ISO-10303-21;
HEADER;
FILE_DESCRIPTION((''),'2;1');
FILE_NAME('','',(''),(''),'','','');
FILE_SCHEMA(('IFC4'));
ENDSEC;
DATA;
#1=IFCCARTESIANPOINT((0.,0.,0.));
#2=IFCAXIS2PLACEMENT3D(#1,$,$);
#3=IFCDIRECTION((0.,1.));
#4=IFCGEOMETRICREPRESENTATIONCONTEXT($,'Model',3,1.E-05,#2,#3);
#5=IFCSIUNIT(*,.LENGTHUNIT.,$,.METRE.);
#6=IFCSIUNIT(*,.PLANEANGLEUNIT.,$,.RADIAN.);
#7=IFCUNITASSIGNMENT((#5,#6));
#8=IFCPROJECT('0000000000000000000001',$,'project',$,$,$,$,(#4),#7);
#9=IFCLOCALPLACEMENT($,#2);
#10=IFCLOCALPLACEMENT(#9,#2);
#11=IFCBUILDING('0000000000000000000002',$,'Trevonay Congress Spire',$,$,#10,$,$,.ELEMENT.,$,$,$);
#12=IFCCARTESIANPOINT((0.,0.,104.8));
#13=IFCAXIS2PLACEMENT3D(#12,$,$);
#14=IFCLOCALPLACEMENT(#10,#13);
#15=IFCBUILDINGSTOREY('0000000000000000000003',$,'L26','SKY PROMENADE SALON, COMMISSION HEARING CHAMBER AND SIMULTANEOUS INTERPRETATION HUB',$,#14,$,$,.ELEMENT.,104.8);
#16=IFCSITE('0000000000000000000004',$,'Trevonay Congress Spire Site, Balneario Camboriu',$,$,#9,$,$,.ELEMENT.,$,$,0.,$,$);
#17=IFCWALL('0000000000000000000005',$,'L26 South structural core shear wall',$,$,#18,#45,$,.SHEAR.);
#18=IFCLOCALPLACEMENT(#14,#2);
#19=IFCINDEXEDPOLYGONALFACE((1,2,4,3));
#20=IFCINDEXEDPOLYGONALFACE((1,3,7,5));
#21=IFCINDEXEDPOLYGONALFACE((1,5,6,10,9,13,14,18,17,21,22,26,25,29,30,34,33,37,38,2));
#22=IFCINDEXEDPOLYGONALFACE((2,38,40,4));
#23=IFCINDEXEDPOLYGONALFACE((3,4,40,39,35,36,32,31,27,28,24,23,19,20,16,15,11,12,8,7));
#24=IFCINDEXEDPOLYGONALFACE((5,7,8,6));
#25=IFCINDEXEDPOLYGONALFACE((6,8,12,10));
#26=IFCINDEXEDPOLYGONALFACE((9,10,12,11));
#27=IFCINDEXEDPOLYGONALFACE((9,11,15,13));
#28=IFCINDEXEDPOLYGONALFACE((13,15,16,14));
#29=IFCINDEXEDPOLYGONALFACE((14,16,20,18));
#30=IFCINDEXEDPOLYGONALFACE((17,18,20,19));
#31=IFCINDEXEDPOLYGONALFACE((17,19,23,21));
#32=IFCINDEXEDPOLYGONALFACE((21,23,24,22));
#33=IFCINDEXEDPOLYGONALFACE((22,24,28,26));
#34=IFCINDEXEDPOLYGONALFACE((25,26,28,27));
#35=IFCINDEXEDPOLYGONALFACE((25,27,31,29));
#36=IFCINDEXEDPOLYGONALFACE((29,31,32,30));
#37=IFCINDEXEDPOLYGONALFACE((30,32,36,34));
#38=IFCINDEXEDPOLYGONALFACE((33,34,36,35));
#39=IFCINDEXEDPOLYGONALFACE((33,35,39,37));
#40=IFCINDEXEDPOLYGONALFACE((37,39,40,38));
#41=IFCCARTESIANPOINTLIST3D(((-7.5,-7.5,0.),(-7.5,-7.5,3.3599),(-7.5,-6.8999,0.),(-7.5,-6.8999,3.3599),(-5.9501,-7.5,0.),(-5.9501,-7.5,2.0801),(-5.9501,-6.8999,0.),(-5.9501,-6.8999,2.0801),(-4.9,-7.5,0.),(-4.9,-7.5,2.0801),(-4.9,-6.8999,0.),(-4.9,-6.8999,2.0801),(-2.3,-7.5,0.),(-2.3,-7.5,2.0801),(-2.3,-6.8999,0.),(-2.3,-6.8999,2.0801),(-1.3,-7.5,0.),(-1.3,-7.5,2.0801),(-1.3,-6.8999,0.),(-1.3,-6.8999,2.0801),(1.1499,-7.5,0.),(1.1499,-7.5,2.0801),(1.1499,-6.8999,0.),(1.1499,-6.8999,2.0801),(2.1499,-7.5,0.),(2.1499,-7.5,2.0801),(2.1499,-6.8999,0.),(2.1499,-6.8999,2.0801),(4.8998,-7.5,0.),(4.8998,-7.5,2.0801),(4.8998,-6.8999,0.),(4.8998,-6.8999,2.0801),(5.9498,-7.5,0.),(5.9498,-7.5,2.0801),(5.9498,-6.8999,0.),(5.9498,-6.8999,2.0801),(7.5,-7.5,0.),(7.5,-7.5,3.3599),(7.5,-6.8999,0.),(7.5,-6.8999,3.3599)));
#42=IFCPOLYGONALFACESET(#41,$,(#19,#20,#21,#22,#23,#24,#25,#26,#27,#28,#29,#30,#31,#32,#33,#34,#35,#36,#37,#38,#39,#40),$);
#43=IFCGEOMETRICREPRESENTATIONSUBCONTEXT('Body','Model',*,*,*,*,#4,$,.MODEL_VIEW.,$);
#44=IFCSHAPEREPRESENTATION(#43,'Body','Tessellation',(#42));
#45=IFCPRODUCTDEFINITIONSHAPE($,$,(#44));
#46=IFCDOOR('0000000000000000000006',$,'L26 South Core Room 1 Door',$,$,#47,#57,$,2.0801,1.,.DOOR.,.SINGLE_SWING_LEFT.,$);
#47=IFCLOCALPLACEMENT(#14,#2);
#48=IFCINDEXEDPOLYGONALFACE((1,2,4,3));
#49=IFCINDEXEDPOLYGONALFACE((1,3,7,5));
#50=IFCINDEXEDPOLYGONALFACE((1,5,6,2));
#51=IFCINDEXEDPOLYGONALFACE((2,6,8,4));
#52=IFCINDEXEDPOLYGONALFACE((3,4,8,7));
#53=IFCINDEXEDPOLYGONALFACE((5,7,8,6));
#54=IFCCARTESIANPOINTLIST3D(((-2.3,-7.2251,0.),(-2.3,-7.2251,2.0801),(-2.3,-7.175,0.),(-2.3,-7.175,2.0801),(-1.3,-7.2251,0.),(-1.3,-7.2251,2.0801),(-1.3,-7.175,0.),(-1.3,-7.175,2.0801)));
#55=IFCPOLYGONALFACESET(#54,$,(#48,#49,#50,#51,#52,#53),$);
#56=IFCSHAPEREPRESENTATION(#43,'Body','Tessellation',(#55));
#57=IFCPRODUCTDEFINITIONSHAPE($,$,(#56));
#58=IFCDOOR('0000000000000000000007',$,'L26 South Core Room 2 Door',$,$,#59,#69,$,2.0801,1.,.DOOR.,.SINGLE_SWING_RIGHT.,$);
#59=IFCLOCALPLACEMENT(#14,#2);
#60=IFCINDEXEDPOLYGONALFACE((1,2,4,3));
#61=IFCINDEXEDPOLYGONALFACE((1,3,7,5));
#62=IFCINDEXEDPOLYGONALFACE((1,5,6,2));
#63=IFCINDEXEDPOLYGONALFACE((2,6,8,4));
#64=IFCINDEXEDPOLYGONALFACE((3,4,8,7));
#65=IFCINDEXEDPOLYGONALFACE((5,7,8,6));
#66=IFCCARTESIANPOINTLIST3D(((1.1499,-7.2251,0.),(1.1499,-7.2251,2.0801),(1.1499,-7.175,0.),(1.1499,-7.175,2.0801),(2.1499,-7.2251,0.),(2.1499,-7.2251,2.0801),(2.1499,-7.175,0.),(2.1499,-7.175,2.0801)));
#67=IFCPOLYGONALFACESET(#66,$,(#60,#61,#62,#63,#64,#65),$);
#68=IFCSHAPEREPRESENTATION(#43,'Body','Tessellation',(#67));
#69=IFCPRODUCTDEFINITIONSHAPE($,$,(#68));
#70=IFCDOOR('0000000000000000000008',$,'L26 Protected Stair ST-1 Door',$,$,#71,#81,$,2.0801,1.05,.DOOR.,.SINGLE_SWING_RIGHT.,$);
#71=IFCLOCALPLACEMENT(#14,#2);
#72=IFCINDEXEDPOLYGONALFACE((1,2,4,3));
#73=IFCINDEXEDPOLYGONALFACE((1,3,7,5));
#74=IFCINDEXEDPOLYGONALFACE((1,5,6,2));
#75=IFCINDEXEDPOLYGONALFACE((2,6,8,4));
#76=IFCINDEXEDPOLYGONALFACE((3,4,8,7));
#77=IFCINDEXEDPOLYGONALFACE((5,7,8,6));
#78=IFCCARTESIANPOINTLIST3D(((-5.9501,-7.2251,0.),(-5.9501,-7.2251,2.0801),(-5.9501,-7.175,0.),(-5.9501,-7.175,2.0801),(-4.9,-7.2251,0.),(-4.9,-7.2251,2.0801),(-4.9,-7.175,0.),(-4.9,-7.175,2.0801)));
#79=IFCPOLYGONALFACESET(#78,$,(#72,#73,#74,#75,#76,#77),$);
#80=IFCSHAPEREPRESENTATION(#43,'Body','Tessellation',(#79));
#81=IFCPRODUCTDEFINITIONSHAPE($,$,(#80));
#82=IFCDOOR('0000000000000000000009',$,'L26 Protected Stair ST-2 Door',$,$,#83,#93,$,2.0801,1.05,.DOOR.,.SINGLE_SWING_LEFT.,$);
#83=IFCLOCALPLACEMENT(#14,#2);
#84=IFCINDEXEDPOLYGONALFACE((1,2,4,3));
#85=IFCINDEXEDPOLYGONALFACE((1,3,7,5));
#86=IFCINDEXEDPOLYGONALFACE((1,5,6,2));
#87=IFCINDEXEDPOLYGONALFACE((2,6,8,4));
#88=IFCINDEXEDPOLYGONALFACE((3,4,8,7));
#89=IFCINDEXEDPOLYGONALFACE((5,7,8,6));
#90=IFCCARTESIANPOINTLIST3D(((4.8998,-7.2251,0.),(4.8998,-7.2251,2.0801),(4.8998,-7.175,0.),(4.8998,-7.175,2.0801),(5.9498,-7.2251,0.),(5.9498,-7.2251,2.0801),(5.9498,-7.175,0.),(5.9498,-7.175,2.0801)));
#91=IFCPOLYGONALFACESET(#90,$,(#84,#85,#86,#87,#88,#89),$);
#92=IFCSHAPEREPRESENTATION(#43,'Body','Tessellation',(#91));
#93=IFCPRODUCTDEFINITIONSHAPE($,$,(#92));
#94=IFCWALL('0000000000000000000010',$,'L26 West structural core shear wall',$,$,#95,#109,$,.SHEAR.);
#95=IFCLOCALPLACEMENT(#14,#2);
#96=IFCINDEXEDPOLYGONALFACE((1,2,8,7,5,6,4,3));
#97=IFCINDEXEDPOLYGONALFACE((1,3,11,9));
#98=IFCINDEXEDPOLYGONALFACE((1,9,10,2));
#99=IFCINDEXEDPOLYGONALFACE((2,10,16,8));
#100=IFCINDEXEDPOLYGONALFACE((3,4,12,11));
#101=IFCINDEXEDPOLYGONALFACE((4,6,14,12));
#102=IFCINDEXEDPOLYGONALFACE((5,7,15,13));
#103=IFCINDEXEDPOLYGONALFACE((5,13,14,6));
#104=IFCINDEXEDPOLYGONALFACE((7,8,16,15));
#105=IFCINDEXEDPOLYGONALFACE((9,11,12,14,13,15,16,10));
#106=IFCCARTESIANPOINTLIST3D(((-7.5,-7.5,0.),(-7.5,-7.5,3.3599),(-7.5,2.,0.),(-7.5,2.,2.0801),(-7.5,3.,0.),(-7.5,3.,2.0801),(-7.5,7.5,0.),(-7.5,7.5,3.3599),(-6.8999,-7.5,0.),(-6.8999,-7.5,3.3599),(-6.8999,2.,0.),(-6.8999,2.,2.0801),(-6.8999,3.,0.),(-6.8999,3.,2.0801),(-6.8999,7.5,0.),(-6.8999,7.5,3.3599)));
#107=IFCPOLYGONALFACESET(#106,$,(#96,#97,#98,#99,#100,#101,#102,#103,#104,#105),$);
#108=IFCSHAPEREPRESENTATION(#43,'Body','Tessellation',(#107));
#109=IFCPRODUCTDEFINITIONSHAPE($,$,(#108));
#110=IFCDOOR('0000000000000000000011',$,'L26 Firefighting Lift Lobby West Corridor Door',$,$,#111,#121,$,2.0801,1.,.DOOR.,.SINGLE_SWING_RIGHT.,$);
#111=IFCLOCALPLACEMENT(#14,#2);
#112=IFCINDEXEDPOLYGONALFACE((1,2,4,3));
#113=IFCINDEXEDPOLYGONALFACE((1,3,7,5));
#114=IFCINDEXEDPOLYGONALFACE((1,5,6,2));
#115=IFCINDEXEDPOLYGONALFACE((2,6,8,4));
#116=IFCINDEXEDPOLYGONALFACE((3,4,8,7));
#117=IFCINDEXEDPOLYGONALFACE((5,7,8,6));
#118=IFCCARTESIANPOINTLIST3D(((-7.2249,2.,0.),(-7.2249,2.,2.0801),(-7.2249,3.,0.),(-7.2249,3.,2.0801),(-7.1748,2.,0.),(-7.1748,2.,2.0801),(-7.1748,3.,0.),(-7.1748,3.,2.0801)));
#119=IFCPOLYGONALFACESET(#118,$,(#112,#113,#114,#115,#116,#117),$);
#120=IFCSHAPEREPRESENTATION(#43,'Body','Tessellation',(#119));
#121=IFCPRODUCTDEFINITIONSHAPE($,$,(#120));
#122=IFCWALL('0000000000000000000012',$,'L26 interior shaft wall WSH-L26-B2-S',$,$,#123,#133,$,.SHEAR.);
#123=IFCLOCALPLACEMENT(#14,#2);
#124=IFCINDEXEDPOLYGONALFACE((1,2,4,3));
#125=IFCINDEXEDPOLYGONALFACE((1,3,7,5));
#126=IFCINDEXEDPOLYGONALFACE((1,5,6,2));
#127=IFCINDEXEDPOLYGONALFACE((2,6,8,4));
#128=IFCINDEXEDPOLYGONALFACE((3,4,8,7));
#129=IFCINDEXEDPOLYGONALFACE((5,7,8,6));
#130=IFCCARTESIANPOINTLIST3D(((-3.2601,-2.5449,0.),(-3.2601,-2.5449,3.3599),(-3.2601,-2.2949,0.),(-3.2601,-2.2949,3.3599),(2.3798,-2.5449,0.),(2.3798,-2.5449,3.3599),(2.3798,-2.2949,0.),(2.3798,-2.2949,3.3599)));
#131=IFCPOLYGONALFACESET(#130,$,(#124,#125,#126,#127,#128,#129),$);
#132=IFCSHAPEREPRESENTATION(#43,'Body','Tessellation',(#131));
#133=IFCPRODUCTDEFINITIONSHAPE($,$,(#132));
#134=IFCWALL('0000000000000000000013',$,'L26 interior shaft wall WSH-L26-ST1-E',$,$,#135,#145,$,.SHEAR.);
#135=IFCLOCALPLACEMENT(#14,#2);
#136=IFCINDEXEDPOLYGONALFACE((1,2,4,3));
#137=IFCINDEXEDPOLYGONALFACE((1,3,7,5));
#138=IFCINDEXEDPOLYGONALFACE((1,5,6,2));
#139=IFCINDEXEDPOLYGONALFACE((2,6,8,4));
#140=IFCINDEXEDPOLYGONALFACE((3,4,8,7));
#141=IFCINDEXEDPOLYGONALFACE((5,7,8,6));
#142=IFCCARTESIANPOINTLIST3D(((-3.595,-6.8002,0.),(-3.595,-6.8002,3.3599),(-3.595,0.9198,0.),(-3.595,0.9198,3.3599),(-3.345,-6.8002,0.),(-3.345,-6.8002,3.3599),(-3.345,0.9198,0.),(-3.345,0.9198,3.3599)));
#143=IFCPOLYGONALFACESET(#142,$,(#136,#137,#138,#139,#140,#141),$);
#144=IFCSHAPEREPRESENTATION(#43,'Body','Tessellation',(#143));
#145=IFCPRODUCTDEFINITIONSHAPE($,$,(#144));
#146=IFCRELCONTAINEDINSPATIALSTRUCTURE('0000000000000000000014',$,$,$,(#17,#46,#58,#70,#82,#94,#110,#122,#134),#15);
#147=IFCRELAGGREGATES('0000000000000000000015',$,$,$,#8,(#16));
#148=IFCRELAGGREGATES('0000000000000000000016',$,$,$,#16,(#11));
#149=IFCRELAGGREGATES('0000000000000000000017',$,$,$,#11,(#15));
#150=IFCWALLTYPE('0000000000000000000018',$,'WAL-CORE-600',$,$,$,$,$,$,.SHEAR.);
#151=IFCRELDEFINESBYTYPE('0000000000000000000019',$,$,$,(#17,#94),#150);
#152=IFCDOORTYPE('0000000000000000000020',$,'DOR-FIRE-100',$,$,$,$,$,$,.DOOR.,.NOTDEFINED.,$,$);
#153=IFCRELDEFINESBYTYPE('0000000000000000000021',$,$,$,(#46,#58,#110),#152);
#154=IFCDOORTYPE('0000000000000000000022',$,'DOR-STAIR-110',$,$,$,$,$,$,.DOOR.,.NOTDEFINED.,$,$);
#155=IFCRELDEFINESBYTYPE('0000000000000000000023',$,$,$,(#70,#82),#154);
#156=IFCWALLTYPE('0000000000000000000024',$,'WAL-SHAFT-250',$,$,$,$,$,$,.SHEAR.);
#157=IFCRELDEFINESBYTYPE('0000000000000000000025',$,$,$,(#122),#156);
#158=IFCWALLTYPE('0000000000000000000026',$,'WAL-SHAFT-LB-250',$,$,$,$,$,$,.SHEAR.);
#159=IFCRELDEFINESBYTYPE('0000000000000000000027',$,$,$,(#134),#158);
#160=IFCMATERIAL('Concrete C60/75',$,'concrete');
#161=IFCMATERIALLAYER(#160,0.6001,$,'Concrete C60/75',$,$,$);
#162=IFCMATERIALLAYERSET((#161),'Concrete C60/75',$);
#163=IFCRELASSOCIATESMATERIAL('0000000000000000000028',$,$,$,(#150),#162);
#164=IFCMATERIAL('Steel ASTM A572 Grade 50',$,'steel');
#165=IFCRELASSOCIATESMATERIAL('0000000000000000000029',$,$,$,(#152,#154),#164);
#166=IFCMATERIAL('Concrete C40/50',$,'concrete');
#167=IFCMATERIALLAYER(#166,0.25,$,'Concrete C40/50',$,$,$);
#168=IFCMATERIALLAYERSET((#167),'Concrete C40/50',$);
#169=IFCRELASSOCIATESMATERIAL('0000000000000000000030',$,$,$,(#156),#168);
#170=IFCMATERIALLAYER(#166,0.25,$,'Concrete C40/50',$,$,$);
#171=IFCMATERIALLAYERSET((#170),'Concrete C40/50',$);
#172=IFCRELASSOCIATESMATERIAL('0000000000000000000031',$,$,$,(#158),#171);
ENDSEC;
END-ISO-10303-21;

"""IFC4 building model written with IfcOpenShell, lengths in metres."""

from ifc_helpers import new_model, si_unit, direction, frame, frame_2d, origin, place, context, subcontext, project, spatial, rectangle, extrude, material, layer, layer_set, type_object, element, fill, save


model = new_model("IFC4")

# Units and contexts
model_context = context("Model", 3, precision=1e-05, world=origin(), true_north=direction((0.0, 1.0)))
body_context = subcontext(model_context, "Body", "Model", "MODEL_VIEW")
ifc_project = project(units=[si_unit("LENGTHUNIT", "METRE"), si_unit("PLANEANGLEUNIT", "RADIAN")], contexts=[model_context])

# Site, building, storey
site_placement = place(None, origin())
site = spatial("IfcSite", under=ifc_project, at=site_placement, Name="Trevonay Congress Spire Site, Balneario Camboriu", CompositionType="ELEMENT", RefElevation=0.0)
building_placement = place(site_placement, origin())
building = spatial("IfcBuilding", under=site, at=building_placement, Name="Trevonay Congress Spire", CompositionType="ELEMENT")
storey_placement = place(building_placement, frame((0.0, 0.0, 104.8)))
storey = spatial("IfcBuildingStorey", under=building, at=storey_placement, Name="L26", Description="SKY PROMENADE SALON, COMMISSION HEARING CHAMBER AND SIMULTANEOUS INTERPRETATION HUB", CompositionType="ELEMENT", Elevation=104.8)

# Shared definitions
ifc_material_1 = material(Name="Steel ASTM A572 Grade 50", Category="steel")

# Wall, openings, doors
ifc_material_2 = material(Name="Concrete C60/75", Category="concrete")
ifc_layer_1 = layer(ifc_material_2, 0.6001, Name="Concrete C60/75")
ifc_layer_set_1 = layer_set([ifc_layer_1], Name="Concrete C60/75")
wall_type_1 = type_object("IfcWallType", Name="WAL-CORE-600", PredefinedType="SHEAR", material=ifc_layer_set_1)
wall_1_placement = place(storey_placement, frame((-7.5, -7.2, 0.0), z_axis=(0.0, 0.0, 1.0), x_axis=(1.0, 0.0, 0.0)))
wall_1 = element("IfcWall", 1, at=wall_1_placement, inside=storey, type_object=wall_type_1, Name="L26 South structural core shear wall", PredefinedType="SHEAR", context=body_context, shape_type="SweptSolid", body=[
    extrude(rectangle(XDim=15.0, YDim=0.6001, at=frame_2d((7.5, 0.0))), origin(), (0.0, 0.0, 1.0), 3.3599),
])
opening_1_placement = place(wall_1_placement, frame((1.55, 0.0, 0.0)))
opening_1 = element("IfcOpeningElement", 2, at=opening_1_placement, cuts=wall_1, PredefinedType="OPENING", context=body_context, shape_type="SweptSolid", body=[
    extrude(rectangle(XDim=1.05, YDim=2.0801, at=frame_2d((0.5249, 1.04))), frame((0.0, 0.3101, 0.0), z_axis=(0.0, -1.0, 0.0), x_axis=(1.0, 0.0, 0.0)), (0.0, 0.0, 1.0), 0.6201),
])
opening_2_placement = place(wall_1_placement, frame((12.3999, 0.0, 0.0)))
opening_2 = element("IfcOpeningElement", 3, at=opening_2_placement, cuts=wall_1, PredefinedType="OPENING", context=body_context, shape_type="SweptSolid", body=[
    extrude(rectangle(XDim=1.05, YDim=2.0801, at=frame_2d((0.5249, 1.04))), frame((0.0, 0.3101, 0.0), z_axis=(0.0, -1.0, 0.0), x_axis=(1.0, 0.0, 0.0)), (0.0, 0.0, 1.0), 0.6201),
])
opening_3_placement = place(wall_1_placement, frame((5.2, 0.0, 0.0)))
opening_3 = element("IfcOpeningElement", 4, at=opening_3_placement, cuts=wall_1, PredefinedType="OPENING", context=body_context, shape_type="SweptSolid", body=[
    extrude(rectangle(XDim=1.0, YDim=2.0801, at=frame_2d((0.5, 1.04))), frame((0.0, 0.3101, 0.0), z_axis=(0.0, -1.0, 0.0), x_axis=(1.0, 0.0, 0.0)), (0.0, 0.0, 1.0), 0.6201),
])
opening_4_placement = place(wall_1_placement, frame((8.6499, 0.0, 0.0)))
opening_4 = element("IfcOpeningElement", 5, at=opening_4_placement, cuts=wall_1, PredefinedType="OPENING", context=body_context, shape_type="SweptSolid", body=[
    extrude(rectangle(XDim=1.0, YDim=2.0801, at=frame_2d((0.5, 1.04))), frame((0.0, 0.3101, 0.0), z_axis=(0.0, -1.0, 0.0), x_axis=(1.0, 0.0, 0.0)), (0.0, 0.0, 1.0), 0.6201),
])
door_type_1 = type_object("IfcDoorType", Name="DOR-FIRE-100", OperationType="NOTDEFINED", PredefinedType="DOOR", material=ifc_material_1)
door_1_placement = place(opening_3_placement, origin())
door_1 = element("IfcDoor", 6, at=door_1_placement, inside=storey, type_object=door_type_1, Name="L26 South Core Room 1 Door", OperationType="SINGLE_SWING_LEFT", OverallHeight=2.0801, OverallWidth=1.0, PredefinedType="DOOR", context=body_context, shape_type="SweptSolid", body=[
    extrude(rectangle(XDim=1.0, YDim=2.0801, at=frame_2d((0.5, 1.04))), frame((0.0, 0.0249, 0.0), z_axis=(0.0, -1.0, 0.0), x_axis=(1.0, 0.0, 0.0)), (0.0, 0.0, 1.0), 0.05),
])
fill(opening_3, door_1)
door_2_placement = place(opening_4_placement, origin())
door_2 = element("IfcDoor", 7, at=door_2_placement, inside=storey, type_object=door_type_1, Name="L26 South Core Room 2 Door", OperationType="SINGLE_SWING_RIGHT", OverallHeight=2.0801, OverallWidth=1.0, PredefinedType="DOOR", context=body_context, shape_type="SweptSolid", body=[
    extrude(rectangle(XDim=1.0, YDim=2.0801, at=frame_2d((0.5, 1.04))), frame((0.0, 0.0249, 0.0), z_axis=(0.0, -1.0, 0.0), x_axis=(1.0, 0.0, 0.0)), (0.0, 0.0, 1.0), 0.05),
])
fill(opening_4, door_2)
door_type_2 = type_object("IfcDoorType", Name="DOR-STAIR-110", OperationType="NOTDEFINED", PredefinedType="DOOR", material=ifc_material_1)
door_3_placement = place(opening_1_placement, origin())
door_3 = element("IfcDoor", 8, at=door_3_placement, inside=storey, type_object=door_type_2, Name="L26 Protected Stair ST-1 Door", OperationType="SINGLE_SWING_RIGHT", OverallHeight=2.0801, OverallWidth=1.05, PredefinedType="DOOR", context=body_context, shape_type="SweptSolid", body=[
    extrude(rectangle(XDim=1.05, YDim=2.0801, at=frame_2d((0.5249, 1.04))), frame((0.0, 0.0249, 0.0), z_axis=(0.0, -1.0, 0.0), x_axis=(1.0, 0.0, 0.0)), (0.0, 0.0, 1.0), 0.05),
])
fill(opening_1, door_3)
door_4_placement = place(opening_2_placement, origin())
door_4 = element("IfcDoor", 9, at=door_4_placement, inside=storey, type_object=door_type_2, Name="L26 Protected Stair ST-2 Door", OperationType="SINGLE_SWING_LEFT", OverallHeight=2.0801, OverallWidth=1.05, PredefinedType="DOOR", context=body_context, shape_type="SweptSolid", body=[
    extrude(rectangle(XDim=1.05, YDim=2.0801, at=frame_2d((0.5249, 1.04))), frame((0.0, 0.0249, 0.0), z_axis=(0.0, -1.0, 0.0), x_axis=(1.0, 0.0, 0.0)), (0.0, 0.0, 1.0), 0.05),
])
fill(opening_2, door_4)

# Wall, opening, door
wall_2_placement = place(storey_placement, frame((-7.2, -7.5, 0.0), z_axis=(0.0, 0.0, 1.0), x_axis=(0.0, 1.0, 0.0)))
wall_2 = element("IfcWall", 10, at=wall_2_placement, inside=storey, type_object=wall_type_1, Name="L26 West structural core shear wall", PredefinedType="SHEAR", context=body_context, shape_type="SweptSolid", body=[
    extrude(rectangle(XDim=15.0, YDim=0.6001, at=frame_2d((7.5, 0.0))), origin(), (0.0, 0.0, 1.0), 3.3599),
])
opening_5_placement = place(wall_2_placement, frame((9.5, 0.0, 0.0)))
opening_5 = element("IfcOpeningElement", 11, at=opening_5_placement, cuts=wall_2, PredefinedType="OPENING", context=body_context, shape_type="SweptSolid", body=[
    extrude(rectangle(XDim=1.0, YDim=2.0801, at=frame_2d((0.5, 1.04))), frame((0.0, 0.3101, 0.0), z_axis=(0.0, -1.0, 0.0), x_axis=(1.0, 0.0, 0.0)), (0.0, 0.0, 1.0), 0.6201),
])
door_5_placement = place(opening_5_placement, origin())
door_5 = element("IfcDoor", 12, at=door_5_placement, inside=storey, type_object=door_type_1, Name="L26 Firefighting Lift Lobby West Corridor Door", OperationType="SINGLE_SWING_RIGHT", OverallHeight=2.0801, OverallWidth=1.0, PredefinedType="DOOR", context=body_context, shape_type="SweptSolid", body=[
    extrude(rectangle(XDim=1.0, YDim=2.0801, at=frame_2d((0.5, 1.04))), frame((0.0, 0.0249, 0.0), z_axis=(0.0, -1.0, 0.0), x_axis=(1.0, 0.0, 0.0)), (0.0, 0.0, 1.0), 0.05),
])
fill(opening_5, door_5)

# Walls
ifc_material_3 = material(Name="Concrete C40/50", Category="concrete")
ifc_layer_2 = layer(ifc_material_3, 0.25, Name="Concrete C40/50")
ifc_layer_set_2 = layer_set([ifc_layer_2], Name="Concrete C40/50")
wall_type_2 = type_object("IfcWallType", Name="WAL-SHAFT-250", PredefinedType="SHEAR", material=ifc_layer_set_2)
wall_3_placement = place(storey_placement, frame((-3.26, -2.4199, 0.0), z_axis=(0.0, 0.0, 1.0), x_axis=(1.0, 0.0, 0.0)))
element("IfcWall", 13, at=wall_3_placement, inside=storey, type_object=wall_type_2, Name="L26 interior shaft wall WSH-L26-B2-S", PredefinedType="SHEAR", context=body_context, shape_type="SweptSolid", body=[
    extrude(rectangle(XDim=5.6399, YDim=0.25, at=frame_2d((2.8198, 0.0))), origin(), (0.0, 0.0, 1.0), 3.3599),
])
ifc_layer_3 = layer(ifc_material_3, 0.25, Name="Concrete C40/50")
ifc_layer_set_3 = layer_set([ifc_layer_3], Name="Concrete C40/50")
wall_type_3 = type_object("IfcWallType", Name="WAL-SHAFT-LB-250", PredefinedType="SHEAR", material=ifc_layer_set_3)
wall_4_placement = place(storey_placement, frame((-3.47, -6.8, 0.0), z_axis=(0.0, 0.0, 1.0), x_axis=(0.0, 1.0, 0.0)))
element("IfcWall", 14, at=wall_4_placement, inside=storey, type_object=wall_type_3, Name="L26 interior shaft wall WSH-L26-ST1-E", PredefinedType="SHEAR", context=body_context, shape_type="SweptSolid", body=[
    extrude(rectangle(XDim=7.72, YDim=0.25, at=frame_2d((3.8599, 0.0))), origin(), (0.0, 0.0, 1.0), 3.3599),
])

save(model, "model.ifc")
